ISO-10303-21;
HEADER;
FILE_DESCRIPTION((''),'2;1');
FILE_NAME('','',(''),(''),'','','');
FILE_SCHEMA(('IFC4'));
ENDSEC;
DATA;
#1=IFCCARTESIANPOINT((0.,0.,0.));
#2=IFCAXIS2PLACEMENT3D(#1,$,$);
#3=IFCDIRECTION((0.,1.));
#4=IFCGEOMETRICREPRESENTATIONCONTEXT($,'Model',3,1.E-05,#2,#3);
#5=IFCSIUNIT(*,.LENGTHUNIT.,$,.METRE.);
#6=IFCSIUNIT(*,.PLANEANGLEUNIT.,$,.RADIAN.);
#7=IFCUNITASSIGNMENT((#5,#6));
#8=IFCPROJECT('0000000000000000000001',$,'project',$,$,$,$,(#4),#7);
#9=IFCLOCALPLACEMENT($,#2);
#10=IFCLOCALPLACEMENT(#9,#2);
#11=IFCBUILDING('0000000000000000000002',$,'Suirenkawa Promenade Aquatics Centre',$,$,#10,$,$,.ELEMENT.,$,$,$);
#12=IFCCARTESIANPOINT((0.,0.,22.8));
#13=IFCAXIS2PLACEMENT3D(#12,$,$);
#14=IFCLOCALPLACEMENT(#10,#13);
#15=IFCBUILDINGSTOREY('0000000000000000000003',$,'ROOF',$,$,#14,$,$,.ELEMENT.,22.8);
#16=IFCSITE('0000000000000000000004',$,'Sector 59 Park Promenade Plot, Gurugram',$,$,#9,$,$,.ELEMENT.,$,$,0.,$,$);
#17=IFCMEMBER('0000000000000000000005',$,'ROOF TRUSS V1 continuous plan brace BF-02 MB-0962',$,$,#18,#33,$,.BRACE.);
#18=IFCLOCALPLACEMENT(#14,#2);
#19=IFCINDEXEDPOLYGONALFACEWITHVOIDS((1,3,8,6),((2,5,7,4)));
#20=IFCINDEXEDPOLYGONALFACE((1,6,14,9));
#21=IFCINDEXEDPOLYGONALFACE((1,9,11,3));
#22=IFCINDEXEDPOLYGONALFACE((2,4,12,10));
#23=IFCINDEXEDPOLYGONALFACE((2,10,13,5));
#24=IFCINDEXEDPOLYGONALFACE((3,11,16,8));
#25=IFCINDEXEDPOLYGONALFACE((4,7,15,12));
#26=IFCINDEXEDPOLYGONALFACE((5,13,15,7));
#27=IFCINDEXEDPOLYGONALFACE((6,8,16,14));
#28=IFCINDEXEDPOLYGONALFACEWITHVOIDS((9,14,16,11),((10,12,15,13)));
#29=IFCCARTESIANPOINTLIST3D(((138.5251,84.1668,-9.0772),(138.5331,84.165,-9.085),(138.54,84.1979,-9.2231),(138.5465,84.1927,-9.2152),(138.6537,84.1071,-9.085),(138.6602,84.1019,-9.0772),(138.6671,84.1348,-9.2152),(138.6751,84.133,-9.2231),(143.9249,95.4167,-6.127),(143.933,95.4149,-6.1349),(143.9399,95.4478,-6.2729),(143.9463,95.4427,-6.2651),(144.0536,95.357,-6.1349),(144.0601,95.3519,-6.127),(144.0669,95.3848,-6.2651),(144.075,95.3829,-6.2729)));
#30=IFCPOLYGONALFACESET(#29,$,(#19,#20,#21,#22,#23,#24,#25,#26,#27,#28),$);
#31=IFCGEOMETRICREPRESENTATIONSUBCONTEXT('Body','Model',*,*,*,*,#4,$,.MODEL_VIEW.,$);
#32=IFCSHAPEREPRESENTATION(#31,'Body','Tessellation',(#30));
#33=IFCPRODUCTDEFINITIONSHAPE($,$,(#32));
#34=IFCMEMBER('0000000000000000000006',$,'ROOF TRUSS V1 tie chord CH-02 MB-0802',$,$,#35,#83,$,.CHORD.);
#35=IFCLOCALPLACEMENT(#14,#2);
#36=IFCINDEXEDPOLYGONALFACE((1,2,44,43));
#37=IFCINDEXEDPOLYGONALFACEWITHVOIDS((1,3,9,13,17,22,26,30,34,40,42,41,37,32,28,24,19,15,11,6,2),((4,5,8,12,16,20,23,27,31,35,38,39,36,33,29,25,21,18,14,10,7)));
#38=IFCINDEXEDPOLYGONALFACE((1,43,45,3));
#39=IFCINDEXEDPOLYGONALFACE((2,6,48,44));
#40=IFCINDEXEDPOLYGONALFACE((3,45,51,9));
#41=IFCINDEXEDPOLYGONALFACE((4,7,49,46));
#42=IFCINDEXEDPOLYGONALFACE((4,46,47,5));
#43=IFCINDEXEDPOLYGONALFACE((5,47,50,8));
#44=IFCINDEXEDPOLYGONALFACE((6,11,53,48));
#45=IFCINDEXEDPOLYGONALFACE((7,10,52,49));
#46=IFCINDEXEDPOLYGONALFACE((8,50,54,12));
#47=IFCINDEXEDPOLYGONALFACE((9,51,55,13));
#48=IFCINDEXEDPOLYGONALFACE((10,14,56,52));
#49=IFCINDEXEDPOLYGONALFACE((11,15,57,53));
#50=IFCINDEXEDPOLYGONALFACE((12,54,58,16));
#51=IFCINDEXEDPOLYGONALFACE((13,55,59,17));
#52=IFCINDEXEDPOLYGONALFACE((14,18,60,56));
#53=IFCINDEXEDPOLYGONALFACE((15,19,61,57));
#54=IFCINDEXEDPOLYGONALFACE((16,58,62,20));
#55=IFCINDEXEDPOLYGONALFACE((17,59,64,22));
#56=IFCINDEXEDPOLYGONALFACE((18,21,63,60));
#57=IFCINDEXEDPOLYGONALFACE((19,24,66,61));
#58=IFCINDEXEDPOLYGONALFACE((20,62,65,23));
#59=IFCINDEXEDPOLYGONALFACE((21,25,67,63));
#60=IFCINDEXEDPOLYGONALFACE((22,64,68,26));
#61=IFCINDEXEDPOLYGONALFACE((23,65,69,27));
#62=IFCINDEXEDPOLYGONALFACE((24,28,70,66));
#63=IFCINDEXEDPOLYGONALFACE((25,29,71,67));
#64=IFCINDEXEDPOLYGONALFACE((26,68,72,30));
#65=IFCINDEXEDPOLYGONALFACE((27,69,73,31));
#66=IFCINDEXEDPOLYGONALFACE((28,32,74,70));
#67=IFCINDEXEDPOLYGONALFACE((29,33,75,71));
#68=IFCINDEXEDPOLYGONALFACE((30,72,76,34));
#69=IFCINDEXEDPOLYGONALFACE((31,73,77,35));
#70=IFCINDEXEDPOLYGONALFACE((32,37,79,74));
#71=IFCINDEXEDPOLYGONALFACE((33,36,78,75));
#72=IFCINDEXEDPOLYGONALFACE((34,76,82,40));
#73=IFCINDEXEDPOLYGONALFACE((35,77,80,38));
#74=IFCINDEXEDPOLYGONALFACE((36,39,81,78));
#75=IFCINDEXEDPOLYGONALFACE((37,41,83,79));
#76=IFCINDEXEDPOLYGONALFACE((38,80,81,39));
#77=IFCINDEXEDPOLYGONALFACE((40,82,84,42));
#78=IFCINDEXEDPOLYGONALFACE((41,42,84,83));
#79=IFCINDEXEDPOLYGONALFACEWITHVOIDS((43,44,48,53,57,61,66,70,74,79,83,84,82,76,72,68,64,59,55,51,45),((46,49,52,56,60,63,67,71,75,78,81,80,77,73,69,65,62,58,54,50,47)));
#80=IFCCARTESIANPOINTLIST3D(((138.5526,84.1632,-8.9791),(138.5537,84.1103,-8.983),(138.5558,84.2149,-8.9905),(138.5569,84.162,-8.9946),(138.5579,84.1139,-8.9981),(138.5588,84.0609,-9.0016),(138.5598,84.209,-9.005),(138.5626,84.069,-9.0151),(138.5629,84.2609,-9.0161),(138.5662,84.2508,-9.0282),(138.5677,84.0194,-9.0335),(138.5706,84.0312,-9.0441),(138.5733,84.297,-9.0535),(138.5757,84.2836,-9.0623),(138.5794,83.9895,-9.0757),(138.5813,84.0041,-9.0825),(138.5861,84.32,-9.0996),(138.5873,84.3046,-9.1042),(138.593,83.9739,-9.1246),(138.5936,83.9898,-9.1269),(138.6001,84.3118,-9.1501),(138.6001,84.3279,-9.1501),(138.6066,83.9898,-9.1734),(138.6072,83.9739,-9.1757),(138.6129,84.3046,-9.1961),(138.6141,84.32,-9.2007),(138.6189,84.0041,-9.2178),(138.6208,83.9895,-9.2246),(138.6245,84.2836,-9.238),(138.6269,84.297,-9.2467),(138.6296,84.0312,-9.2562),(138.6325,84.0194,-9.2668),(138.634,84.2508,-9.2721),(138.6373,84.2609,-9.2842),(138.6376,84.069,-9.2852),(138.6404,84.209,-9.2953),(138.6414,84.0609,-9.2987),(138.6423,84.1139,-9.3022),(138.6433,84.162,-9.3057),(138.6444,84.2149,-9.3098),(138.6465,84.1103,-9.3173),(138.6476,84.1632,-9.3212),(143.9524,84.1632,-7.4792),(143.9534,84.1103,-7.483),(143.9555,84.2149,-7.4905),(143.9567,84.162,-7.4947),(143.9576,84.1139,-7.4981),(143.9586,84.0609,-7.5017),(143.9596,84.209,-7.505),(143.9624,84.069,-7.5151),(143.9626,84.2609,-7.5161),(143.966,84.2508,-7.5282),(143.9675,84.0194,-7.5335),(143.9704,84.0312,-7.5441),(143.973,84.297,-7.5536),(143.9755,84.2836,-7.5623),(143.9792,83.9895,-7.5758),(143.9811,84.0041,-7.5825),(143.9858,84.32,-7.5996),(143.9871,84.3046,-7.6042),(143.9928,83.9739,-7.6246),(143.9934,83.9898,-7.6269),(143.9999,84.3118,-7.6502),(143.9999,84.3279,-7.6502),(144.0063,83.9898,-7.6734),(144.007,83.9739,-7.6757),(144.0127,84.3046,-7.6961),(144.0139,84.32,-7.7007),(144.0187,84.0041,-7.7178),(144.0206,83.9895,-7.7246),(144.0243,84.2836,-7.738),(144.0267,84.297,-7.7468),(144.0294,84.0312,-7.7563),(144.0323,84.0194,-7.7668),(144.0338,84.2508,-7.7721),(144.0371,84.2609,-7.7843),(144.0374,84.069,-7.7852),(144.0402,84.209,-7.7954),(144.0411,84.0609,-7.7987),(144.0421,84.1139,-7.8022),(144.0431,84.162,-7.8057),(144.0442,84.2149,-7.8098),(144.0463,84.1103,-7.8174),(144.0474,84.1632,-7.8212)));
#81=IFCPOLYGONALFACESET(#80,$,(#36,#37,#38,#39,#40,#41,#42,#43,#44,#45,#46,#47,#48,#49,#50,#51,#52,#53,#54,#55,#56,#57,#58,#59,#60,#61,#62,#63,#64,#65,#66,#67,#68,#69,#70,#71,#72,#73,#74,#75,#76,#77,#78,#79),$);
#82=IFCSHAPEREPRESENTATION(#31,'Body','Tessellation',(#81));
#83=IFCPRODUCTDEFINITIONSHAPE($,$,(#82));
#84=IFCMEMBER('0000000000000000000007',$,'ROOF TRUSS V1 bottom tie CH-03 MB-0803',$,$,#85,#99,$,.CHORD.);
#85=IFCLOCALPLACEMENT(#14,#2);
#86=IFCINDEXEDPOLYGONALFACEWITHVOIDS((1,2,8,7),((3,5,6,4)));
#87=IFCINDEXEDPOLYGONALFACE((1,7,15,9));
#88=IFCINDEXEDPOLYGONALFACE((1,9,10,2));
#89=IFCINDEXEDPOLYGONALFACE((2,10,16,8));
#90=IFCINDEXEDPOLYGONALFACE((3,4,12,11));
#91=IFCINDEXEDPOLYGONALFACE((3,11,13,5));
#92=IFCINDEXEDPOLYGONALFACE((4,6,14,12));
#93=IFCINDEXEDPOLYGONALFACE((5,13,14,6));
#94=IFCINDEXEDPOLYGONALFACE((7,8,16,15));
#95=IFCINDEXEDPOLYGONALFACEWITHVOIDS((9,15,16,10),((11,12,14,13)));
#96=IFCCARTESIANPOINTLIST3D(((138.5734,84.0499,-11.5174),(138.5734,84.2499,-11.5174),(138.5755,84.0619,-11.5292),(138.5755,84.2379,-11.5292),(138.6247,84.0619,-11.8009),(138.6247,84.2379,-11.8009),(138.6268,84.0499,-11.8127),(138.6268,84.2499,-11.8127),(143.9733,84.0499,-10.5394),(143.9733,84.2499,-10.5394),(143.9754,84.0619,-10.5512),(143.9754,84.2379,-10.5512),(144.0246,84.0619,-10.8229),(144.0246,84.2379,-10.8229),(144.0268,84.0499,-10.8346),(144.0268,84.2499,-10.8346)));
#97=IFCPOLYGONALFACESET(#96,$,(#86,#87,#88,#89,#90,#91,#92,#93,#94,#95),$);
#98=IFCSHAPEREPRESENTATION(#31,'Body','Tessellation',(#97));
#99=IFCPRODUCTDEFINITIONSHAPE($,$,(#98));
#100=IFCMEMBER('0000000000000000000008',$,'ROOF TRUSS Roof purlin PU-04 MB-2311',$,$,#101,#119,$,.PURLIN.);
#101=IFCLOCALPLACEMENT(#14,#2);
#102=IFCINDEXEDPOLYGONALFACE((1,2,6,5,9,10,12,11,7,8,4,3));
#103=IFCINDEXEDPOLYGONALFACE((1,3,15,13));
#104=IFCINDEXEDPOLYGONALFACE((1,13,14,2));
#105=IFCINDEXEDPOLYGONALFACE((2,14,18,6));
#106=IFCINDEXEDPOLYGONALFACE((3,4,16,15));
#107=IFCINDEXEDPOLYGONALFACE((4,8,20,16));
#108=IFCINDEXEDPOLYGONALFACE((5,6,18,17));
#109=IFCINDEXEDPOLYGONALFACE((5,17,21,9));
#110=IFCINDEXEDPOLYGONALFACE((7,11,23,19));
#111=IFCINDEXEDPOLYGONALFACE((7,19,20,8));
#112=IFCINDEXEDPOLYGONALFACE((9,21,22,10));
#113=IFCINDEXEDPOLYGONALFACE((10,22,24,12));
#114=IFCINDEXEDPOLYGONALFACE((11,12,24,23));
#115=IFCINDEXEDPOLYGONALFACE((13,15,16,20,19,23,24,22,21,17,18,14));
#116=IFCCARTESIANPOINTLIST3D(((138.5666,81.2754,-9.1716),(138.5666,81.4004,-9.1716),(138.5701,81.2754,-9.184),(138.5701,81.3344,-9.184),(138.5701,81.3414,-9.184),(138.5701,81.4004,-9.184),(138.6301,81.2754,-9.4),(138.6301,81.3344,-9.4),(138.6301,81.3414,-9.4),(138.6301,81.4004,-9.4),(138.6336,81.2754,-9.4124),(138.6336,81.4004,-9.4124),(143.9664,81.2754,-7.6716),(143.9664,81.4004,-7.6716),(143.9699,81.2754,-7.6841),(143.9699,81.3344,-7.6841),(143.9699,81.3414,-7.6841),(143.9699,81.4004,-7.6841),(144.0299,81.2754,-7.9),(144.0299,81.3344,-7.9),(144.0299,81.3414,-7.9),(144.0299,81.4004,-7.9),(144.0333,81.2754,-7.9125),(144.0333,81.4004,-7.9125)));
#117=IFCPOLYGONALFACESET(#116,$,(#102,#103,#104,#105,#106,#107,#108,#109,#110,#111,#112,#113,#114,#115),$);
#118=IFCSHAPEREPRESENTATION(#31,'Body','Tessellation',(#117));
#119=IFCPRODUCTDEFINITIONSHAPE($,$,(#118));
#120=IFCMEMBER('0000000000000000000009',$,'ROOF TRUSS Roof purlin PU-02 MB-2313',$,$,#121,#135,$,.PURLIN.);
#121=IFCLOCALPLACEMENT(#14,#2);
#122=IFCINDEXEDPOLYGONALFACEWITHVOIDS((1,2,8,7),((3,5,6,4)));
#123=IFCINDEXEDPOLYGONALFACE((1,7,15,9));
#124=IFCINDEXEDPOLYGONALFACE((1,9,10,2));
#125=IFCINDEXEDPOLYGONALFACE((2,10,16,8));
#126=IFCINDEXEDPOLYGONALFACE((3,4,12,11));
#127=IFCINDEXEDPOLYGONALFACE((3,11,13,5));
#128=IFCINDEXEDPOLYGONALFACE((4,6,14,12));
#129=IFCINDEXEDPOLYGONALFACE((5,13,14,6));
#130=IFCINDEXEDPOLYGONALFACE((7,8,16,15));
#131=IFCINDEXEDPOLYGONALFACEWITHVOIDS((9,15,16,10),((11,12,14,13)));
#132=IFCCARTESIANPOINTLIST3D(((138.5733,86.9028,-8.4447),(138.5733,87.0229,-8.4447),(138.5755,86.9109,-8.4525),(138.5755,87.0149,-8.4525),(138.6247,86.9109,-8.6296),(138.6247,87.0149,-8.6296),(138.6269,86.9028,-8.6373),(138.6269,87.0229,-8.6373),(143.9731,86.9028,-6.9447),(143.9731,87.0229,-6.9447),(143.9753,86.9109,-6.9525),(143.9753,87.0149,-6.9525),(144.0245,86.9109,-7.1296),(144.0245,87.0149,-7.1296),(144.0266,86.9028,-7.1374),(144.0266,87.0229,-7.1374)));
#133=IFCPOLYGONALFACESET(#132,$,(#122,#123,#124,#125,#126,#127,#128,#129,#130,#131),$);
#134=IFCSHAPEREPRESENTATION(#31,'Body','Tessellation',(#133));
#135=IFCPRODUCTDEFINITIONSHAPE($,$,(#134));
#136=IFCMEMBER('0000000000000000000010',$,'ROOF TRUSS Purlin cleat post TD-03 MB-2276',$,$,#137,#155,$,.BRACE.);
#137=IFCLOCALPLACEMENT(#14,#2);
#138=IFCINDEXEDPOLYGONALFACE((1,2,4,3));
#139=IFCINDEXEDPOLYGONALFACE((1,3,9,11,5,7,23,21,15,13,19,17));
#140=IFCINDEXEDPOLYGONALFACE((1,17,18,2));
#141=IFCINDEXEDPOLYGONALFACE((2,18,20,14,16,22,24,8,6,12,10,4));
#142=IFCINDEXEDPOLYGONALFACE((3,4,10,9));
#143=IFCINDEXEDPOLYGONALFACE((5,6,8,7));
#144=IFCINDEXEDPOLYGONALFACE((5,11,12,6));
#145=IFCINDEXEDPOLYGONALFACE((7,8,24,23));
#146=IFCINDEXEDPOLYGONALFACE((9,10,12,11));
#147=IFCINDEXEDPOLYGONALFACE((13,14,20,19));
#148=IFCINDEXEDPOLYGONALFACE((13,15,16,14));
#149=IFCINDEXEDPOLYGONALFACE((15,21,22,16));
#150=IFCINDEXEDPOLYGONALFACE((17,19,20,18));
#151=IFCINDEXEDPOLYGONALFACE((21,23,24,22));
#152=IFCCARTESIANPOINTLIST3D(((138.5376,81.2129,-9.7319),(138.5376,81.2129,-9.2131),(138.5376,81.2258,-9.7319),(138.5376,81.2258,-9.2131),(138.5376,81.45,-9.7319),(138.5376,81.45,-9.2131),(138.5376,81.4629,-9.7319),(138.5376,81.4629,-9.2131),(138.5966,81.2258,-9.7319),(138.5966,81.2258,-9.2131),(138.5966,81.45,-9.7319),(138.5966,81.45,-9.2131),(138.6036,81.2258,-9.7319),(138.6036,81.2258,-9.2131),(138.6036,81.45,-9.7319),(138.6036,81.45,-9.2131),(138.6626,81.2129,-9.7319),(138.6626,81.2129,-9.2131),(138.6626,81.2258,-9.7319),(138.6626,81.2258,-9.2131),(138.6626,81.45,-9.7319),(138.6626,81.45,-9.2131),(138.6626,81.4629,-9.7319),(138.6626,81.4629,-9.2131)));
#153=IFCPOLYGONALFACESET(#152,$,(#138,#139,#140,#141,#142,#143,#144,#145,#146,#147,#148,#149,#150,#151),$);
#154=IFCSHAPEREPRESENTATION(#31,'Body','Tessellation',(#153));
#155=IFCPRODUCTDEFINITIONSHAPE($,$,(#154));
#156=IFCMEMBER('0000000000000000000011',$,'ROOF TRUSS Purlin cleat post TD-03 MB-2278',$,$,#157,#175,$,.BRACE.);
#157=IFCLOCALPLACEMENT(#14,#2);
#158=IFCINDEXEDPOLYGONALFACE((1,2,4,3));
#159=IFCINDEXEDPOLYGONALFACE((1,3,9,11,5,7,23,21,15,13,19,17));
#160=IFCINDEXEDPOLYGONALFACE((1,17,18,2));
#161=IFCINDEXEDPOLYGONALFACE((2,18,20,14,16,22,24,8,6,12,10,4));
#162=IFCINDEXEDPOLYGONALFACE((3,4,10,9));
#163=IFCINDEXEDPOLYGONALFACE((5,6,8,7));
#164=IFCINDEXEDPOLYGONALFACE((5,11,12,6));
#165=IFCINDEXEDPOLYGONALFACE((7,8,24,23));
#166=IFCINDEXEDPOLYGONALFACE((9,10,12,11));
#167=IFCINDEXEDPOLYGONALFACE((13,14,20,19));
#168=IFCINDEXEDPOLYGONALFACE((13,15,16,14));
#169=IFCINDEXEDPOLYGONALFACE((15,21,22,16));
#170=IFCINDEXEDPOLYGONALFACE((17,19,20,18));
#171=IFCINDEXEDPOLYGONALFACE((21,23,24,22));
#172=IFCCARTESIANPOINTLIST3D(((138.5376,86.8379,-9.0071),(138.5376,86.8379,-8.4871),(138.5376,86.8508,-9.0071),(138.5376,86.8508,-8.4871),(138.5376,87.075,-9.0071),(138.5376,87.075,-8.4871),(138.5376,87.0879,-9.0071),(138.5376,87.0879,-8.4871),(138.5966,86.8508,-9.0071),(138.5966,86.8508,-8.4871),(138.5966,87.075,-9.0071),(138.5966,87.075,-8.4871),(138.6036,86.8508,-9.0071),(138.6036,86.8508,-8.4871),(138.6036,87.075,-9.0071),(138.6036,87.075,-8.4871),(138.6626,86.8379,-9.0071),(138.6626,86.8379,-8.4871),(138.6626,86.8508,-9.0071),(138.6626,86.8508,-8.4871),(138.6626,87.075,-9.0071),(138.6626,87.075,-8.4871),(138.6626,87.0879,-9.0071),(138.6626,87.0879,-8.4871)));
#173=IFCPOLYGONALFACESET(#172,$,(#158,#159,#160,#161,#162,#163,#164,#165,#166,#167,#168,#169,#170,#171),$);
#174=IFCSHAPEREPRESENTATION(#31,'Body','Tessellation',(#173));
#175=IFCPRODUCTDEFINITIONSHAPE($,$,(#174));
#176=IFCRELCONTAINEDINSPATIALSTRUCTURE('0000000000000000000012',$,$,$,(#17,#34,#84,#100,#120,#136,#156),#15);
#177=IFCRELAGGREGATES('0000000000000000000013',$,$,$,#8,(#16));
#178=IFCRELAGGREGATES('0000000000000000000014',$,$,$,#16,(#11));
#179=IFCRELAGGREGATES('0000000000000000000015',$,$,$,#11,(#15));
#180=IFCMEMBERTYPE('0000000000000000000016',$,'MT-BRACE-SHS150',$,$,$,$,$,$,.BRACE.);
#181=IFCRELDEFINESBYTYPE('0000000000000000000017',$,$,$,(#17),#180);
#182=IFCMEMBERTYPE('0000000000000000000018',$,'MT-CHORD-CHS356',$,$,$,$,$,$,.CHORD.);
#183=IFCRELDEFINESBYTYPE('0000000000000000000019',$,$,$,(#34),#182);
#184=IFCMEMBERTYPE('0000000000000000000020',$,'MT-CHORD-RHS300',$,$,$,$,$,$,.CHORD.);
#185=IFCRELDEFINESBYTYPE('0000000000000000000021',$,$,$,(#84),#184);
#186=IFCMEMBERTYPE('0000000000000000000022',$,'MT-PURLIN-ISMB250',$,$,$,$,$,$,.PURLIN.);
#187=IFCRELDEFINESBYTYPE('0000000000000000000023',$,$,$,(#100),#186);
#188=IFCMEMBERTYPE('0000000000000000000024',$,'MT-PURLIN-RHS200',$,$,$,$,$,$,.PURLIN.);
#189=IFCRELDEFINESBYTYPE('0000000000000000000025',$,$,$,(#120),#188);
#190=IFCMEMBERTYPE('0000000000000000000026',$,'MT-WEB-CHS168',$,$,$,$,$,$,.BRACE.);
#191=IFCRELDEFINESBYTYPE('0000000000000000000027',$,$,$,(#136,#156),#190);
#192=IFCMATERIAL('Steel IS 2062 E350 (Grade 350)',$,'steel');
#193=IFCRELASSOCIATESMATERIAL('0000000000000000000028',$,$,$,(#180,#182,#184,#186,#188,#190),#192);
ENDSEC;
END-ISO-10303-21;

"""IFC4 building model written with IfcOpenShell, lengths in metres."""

from ifc_helpers import new_model, si_unit, direction, frame, origin, origin_2d, place, context, subcontext, project, spatial, hollow_rectangle, hollow_circle, i_section, extrude, material, material_profile, profile_set, type_object, element, save


model = new_model("IFC4")

# Units and contexts
model_context = context("Model", 3, precision=1e-05, world=origin(), true_north=direction((0.0, 1.0)))
body_context = subcontext(model_context, "Body", "Model", "MODEL_VIEW")
ifc_project = project(units=[si_unit("LENGTHUNIT", "METRE"), si_unit("PLANEANGLEUNIT", "RADIAN")], contexts=[model_context])

# Site, building, storey
site_placement = place(None, origin())
site = spatial("IfcSite", under=ifc_project, at=site_placement, Name="Sector 59 Park Promenade Plot, Gurugram", CompositionType="ELEMENT", RefElevation=0.0)
building_placement = place(site_placement, origin())
building = spatial("IfcBuilding", under=site, at=building_placement, Name="Suirenkawa Promenade Aquatics Centre", CompositionType="ELEMENT")
storey_placement = place(building_placement, frame((0.0, 0.0, 22.8)))
storey = spatial("IfcBuildingStorey", under=building, at=storey_placement, Name="ROOF", CompositionType="ELEMENT", Elevation=22.8)

# Shared definitions
ifc_material = material(Name="Steel IS 2062 E350 (Grade 350)", Category="steel")

# Members
ifc_material_profile_1 = material_profile(ifc_material, hollow_rectangle(XDim=0.1499, YDim=0.1499, WallThickness=0.0081, at=origin_2d()), Name="SHS 150x150x8", Category="steel")
ifc_profile_set_1 = profile_set([ifc_material_profile_1], Name="Steel IS 2062 E350 (Grade 350)")
member_type_1 = type_object("IfcMemberType", Name="MT-BRACE-SHS150", PredefinedType="BRACE", material=ifc_profile_set_1)
member_1_placement = place(storey_placement, frame((138.6001, 84.1499, -9.1501), z_axis=(0.421116, 0.877341, 0.230074), x_axis=(-0.901526, 0.432725, 0.0)))
element("IfcMember", 1, at=member_1_placement, inside=storey, type_object=member_type_1, Name="ROOF TRUSS V1 continuous plan brace BF-02 MB-0962", PredefinedType="BRACE", context=body_context, shape_type="SweptSolid", body=[
    extrude(hollow_rectangle(XDim=0.1499, YDim=0.1499, WallThickness=0.0081, at=origin_2d()), origin(), (0.0, 0.0, 1.0), 12.8228),
])
ifc_material_profile_2 = material_profile(ifc_material, hollow_circle(Radius=0.178, WallThickness=0.0161, at=origin_2d()), Name="CHS 356x16", Category="steel")
ifc_profile_set_2 = profile_set([ifc_material_profile_2], Name="Steel IS 2062 E350 (Grade 350)")
member_type_2 = type_object("IfcMemberType", Name="MT-CHORD-CHS356", PredefinedType="CHORD", material=ifc_profile_set_2)
member_2_placement = place(storey_placement, frame((138.6001, 84.1499, -9.1501), z_axis=(0.963517, 0.0, 0.267648), x_axis=(0.0, 1.0, 0.0)))
element("IfcMember", 2, at=member_2_placement, inside=storey, type_object=member_type_2, Name="ROOF TRUSS V1 tie chord CH-02 MB-0802", PredefinedType="CHORD", context=body_context, shape_type="SweptSolid", body=[
    extrude(hollow_circle(Radius=0.178, WallThickness=0.0161, at=origin_2d()), origin(), (0.0, 0.0, 1.0), 5.6042),
])
ifc_material_profile_3 = material_profile(ifc_material, hollow_rectangle(XDim=0.2, YDim=0.3, WallThickness=0.012, at=origin_2d()), Name="RHS 300x200x12", Category="steel")
ifc_profile_set_3 = profile_set([ifc_material_profile_3], Name="Steel IS 2062 E350 (Grade 350)")
member_type_3 = type_object("IfcMemberType", Name="MT-CHORD-RHS300", PredefinedType="CHORD", material=ifc_profile_set_3)
member_3_placement = place(storey_placement, frame((138.6001, 84.1499, -11.665), z_axis=(0.983991, 0.0, 0.17822), x_axis=(0.0, 1.0, 0.0)))
element("IfcMember", 3, at=member_3_placement, inside=storey, type_object=member_type_3, Name="ROOF TRUSS V1 bottom tie CH-03 MB-0803", PredefinedType="CHORD", context=body_context, shape_type="SweptSolid", body=[
    extrude(hollow_rectangle(XDim=0.2, YDim=0.3, WallThickness=0.012, at=origin_2d()), origin(), (0.0, 0.0, 1.0), 5.4878),
])
ifc_material_profile_4 = material_profile(ifc_material, i_section(OverallWidth=0.125, OverallDepth=0.25, WebThickness=0.0071, FlangeThickness=0.0129, at=origin_2d()), Name="ISMB 250", Category="steel")
ifc_profile_set_4 = profile_set([ifc_material_profile_4], Name="Steel IS 2062 E350 (Grade 350)")
member_type_4 = type_object("IfcMemberType", Name="MT-PURLIN-ISMB250", PredefinedType="PURLIN", material=ifc_profile_set_4)
member_4_placement = place(storey_placement, frame((138.6001, 81.3379, -9.292), z_axis=(0.963517, 0.0, 0.267648), x_axis=(0.0, 1.0, 0.0)))
element("IfcMember", 4, at=member_4_placement, inside=storey, type_object=member_type_4, Name="ROOF TRUSS Roof purlin PU-04 MB-2311", PredefinedType="PURLIN", context=body_context, shape_type="SweptSolid", body=[
    extrude(i_section(OverallWidth=0.125, OverallDepth=0.25, WebThickness=0.0071, FlangeThickness=0.0129, at=origin_2d()), origin(), (0.0, 0.0, 1.0), 5.6042),
])
ifc_material_profile_5 = material_profile(ifc_material, hollow_rectangle(XDim=0.1201, YDim=0.2, WallThickness=0.0081, at=origin_2d()), Name="RHS 200x120x8", Category="steel")
ifc_profile_set_5 = profile_set([ifc_material_profile_5], Name="Steel IS 2062 E350 (Grade 350)")
member_type_5 = type_object("IfcMemberType", Name="MT-PURLIN-RHS200", PredefinedType="PURLIN", material=ifc_profile_set_5)
member_5_placement = place(storey_placement, frame((138.6001, 86.9629, -8.541), z_axis=(0.963517, 0.0, 0.267648), x_axis=(0.0, 1.0, 0.0)))
element("IfcMember", 5, at=member_5_placement, inside=storey, type_object=member_type_5, Name="ROOF TRUSS Roof purlin PU-02 MB-2313", PredefinedType="PURLIN", context=body_context, shape_type="SweptSolid", body=[
    extrude(hollow_rectangle(XDim=0.1201, YDim=0.2, WallThickness=0.0081, at=origin_2d()), origin(), (0.0, 0.0, 1.0), 5.6042),
])
ifc_material_profile_6 = material_profile(ifc_material, i_section(OverallWidth=0.125, OverallDepth=0.25, WebThickness=0.0071, FlangeThickness=0.0129, at=origin_2d()), Name="ISMB 250", Category="steel")
ifc_profile_set_6 = profile_set([ifc_material_profile_6], Name="Steel IS 2062 E350 (Grade 350)")
member_type_6 = type_object("IfcMemberType", Name="MT-WEB-CHS168", PredefinedType="BRACE", material=ifc_profile_set_6)
member_6_placement = place(storey_placement, frame((138.6001, 81.3379, -9.7319), z_axis=(0.0, 0.0, 1.0), x_axis=(1.0, 0.0, 0.0)))
element("IfcMember", 6, at=member_6_placement, inside=storey, type_object=member_type_6, Name="ROOF TRUSS Purlin cleat post TD-03 MB-2276", PredefinedType="BRACE", context=body_context, shape_type="SweptSolid", body=[
    extrude(i_section(OverallWidth=0.125, OverallDepth=0.25, WebThickness=0.0071, FlangeThickness=0.0129, at=origin_2d()), origin(), (0.0, 0.0, 1.0), 0.5188),
])
member_7_placement = place(storey_placement, frame((138.6001, 86.9629, -9.0071), z_axis=(0.0, 0.0, 1.0), x_axis=(1.0, 0.0, 0.0)))
element("IfcMember", 7, at=member_7_placement, inside=storey, type_object=member_type_6, Name="ROOF TRUSS Purlin cleat post TD-03 MB-2278", PredefinedType="BRACE", context=body_context, shape_type="SweptSolid", body=[
    extrude(i_section(OverallWidth=0.125, OverallDepth=0.25, WebThickness=0.0071, FlangeThickness=0.0129, at=origin_2d()), origin(), (0.0, 0.0, 1.0), 0.52),
])

save(model, "model.ifc")
